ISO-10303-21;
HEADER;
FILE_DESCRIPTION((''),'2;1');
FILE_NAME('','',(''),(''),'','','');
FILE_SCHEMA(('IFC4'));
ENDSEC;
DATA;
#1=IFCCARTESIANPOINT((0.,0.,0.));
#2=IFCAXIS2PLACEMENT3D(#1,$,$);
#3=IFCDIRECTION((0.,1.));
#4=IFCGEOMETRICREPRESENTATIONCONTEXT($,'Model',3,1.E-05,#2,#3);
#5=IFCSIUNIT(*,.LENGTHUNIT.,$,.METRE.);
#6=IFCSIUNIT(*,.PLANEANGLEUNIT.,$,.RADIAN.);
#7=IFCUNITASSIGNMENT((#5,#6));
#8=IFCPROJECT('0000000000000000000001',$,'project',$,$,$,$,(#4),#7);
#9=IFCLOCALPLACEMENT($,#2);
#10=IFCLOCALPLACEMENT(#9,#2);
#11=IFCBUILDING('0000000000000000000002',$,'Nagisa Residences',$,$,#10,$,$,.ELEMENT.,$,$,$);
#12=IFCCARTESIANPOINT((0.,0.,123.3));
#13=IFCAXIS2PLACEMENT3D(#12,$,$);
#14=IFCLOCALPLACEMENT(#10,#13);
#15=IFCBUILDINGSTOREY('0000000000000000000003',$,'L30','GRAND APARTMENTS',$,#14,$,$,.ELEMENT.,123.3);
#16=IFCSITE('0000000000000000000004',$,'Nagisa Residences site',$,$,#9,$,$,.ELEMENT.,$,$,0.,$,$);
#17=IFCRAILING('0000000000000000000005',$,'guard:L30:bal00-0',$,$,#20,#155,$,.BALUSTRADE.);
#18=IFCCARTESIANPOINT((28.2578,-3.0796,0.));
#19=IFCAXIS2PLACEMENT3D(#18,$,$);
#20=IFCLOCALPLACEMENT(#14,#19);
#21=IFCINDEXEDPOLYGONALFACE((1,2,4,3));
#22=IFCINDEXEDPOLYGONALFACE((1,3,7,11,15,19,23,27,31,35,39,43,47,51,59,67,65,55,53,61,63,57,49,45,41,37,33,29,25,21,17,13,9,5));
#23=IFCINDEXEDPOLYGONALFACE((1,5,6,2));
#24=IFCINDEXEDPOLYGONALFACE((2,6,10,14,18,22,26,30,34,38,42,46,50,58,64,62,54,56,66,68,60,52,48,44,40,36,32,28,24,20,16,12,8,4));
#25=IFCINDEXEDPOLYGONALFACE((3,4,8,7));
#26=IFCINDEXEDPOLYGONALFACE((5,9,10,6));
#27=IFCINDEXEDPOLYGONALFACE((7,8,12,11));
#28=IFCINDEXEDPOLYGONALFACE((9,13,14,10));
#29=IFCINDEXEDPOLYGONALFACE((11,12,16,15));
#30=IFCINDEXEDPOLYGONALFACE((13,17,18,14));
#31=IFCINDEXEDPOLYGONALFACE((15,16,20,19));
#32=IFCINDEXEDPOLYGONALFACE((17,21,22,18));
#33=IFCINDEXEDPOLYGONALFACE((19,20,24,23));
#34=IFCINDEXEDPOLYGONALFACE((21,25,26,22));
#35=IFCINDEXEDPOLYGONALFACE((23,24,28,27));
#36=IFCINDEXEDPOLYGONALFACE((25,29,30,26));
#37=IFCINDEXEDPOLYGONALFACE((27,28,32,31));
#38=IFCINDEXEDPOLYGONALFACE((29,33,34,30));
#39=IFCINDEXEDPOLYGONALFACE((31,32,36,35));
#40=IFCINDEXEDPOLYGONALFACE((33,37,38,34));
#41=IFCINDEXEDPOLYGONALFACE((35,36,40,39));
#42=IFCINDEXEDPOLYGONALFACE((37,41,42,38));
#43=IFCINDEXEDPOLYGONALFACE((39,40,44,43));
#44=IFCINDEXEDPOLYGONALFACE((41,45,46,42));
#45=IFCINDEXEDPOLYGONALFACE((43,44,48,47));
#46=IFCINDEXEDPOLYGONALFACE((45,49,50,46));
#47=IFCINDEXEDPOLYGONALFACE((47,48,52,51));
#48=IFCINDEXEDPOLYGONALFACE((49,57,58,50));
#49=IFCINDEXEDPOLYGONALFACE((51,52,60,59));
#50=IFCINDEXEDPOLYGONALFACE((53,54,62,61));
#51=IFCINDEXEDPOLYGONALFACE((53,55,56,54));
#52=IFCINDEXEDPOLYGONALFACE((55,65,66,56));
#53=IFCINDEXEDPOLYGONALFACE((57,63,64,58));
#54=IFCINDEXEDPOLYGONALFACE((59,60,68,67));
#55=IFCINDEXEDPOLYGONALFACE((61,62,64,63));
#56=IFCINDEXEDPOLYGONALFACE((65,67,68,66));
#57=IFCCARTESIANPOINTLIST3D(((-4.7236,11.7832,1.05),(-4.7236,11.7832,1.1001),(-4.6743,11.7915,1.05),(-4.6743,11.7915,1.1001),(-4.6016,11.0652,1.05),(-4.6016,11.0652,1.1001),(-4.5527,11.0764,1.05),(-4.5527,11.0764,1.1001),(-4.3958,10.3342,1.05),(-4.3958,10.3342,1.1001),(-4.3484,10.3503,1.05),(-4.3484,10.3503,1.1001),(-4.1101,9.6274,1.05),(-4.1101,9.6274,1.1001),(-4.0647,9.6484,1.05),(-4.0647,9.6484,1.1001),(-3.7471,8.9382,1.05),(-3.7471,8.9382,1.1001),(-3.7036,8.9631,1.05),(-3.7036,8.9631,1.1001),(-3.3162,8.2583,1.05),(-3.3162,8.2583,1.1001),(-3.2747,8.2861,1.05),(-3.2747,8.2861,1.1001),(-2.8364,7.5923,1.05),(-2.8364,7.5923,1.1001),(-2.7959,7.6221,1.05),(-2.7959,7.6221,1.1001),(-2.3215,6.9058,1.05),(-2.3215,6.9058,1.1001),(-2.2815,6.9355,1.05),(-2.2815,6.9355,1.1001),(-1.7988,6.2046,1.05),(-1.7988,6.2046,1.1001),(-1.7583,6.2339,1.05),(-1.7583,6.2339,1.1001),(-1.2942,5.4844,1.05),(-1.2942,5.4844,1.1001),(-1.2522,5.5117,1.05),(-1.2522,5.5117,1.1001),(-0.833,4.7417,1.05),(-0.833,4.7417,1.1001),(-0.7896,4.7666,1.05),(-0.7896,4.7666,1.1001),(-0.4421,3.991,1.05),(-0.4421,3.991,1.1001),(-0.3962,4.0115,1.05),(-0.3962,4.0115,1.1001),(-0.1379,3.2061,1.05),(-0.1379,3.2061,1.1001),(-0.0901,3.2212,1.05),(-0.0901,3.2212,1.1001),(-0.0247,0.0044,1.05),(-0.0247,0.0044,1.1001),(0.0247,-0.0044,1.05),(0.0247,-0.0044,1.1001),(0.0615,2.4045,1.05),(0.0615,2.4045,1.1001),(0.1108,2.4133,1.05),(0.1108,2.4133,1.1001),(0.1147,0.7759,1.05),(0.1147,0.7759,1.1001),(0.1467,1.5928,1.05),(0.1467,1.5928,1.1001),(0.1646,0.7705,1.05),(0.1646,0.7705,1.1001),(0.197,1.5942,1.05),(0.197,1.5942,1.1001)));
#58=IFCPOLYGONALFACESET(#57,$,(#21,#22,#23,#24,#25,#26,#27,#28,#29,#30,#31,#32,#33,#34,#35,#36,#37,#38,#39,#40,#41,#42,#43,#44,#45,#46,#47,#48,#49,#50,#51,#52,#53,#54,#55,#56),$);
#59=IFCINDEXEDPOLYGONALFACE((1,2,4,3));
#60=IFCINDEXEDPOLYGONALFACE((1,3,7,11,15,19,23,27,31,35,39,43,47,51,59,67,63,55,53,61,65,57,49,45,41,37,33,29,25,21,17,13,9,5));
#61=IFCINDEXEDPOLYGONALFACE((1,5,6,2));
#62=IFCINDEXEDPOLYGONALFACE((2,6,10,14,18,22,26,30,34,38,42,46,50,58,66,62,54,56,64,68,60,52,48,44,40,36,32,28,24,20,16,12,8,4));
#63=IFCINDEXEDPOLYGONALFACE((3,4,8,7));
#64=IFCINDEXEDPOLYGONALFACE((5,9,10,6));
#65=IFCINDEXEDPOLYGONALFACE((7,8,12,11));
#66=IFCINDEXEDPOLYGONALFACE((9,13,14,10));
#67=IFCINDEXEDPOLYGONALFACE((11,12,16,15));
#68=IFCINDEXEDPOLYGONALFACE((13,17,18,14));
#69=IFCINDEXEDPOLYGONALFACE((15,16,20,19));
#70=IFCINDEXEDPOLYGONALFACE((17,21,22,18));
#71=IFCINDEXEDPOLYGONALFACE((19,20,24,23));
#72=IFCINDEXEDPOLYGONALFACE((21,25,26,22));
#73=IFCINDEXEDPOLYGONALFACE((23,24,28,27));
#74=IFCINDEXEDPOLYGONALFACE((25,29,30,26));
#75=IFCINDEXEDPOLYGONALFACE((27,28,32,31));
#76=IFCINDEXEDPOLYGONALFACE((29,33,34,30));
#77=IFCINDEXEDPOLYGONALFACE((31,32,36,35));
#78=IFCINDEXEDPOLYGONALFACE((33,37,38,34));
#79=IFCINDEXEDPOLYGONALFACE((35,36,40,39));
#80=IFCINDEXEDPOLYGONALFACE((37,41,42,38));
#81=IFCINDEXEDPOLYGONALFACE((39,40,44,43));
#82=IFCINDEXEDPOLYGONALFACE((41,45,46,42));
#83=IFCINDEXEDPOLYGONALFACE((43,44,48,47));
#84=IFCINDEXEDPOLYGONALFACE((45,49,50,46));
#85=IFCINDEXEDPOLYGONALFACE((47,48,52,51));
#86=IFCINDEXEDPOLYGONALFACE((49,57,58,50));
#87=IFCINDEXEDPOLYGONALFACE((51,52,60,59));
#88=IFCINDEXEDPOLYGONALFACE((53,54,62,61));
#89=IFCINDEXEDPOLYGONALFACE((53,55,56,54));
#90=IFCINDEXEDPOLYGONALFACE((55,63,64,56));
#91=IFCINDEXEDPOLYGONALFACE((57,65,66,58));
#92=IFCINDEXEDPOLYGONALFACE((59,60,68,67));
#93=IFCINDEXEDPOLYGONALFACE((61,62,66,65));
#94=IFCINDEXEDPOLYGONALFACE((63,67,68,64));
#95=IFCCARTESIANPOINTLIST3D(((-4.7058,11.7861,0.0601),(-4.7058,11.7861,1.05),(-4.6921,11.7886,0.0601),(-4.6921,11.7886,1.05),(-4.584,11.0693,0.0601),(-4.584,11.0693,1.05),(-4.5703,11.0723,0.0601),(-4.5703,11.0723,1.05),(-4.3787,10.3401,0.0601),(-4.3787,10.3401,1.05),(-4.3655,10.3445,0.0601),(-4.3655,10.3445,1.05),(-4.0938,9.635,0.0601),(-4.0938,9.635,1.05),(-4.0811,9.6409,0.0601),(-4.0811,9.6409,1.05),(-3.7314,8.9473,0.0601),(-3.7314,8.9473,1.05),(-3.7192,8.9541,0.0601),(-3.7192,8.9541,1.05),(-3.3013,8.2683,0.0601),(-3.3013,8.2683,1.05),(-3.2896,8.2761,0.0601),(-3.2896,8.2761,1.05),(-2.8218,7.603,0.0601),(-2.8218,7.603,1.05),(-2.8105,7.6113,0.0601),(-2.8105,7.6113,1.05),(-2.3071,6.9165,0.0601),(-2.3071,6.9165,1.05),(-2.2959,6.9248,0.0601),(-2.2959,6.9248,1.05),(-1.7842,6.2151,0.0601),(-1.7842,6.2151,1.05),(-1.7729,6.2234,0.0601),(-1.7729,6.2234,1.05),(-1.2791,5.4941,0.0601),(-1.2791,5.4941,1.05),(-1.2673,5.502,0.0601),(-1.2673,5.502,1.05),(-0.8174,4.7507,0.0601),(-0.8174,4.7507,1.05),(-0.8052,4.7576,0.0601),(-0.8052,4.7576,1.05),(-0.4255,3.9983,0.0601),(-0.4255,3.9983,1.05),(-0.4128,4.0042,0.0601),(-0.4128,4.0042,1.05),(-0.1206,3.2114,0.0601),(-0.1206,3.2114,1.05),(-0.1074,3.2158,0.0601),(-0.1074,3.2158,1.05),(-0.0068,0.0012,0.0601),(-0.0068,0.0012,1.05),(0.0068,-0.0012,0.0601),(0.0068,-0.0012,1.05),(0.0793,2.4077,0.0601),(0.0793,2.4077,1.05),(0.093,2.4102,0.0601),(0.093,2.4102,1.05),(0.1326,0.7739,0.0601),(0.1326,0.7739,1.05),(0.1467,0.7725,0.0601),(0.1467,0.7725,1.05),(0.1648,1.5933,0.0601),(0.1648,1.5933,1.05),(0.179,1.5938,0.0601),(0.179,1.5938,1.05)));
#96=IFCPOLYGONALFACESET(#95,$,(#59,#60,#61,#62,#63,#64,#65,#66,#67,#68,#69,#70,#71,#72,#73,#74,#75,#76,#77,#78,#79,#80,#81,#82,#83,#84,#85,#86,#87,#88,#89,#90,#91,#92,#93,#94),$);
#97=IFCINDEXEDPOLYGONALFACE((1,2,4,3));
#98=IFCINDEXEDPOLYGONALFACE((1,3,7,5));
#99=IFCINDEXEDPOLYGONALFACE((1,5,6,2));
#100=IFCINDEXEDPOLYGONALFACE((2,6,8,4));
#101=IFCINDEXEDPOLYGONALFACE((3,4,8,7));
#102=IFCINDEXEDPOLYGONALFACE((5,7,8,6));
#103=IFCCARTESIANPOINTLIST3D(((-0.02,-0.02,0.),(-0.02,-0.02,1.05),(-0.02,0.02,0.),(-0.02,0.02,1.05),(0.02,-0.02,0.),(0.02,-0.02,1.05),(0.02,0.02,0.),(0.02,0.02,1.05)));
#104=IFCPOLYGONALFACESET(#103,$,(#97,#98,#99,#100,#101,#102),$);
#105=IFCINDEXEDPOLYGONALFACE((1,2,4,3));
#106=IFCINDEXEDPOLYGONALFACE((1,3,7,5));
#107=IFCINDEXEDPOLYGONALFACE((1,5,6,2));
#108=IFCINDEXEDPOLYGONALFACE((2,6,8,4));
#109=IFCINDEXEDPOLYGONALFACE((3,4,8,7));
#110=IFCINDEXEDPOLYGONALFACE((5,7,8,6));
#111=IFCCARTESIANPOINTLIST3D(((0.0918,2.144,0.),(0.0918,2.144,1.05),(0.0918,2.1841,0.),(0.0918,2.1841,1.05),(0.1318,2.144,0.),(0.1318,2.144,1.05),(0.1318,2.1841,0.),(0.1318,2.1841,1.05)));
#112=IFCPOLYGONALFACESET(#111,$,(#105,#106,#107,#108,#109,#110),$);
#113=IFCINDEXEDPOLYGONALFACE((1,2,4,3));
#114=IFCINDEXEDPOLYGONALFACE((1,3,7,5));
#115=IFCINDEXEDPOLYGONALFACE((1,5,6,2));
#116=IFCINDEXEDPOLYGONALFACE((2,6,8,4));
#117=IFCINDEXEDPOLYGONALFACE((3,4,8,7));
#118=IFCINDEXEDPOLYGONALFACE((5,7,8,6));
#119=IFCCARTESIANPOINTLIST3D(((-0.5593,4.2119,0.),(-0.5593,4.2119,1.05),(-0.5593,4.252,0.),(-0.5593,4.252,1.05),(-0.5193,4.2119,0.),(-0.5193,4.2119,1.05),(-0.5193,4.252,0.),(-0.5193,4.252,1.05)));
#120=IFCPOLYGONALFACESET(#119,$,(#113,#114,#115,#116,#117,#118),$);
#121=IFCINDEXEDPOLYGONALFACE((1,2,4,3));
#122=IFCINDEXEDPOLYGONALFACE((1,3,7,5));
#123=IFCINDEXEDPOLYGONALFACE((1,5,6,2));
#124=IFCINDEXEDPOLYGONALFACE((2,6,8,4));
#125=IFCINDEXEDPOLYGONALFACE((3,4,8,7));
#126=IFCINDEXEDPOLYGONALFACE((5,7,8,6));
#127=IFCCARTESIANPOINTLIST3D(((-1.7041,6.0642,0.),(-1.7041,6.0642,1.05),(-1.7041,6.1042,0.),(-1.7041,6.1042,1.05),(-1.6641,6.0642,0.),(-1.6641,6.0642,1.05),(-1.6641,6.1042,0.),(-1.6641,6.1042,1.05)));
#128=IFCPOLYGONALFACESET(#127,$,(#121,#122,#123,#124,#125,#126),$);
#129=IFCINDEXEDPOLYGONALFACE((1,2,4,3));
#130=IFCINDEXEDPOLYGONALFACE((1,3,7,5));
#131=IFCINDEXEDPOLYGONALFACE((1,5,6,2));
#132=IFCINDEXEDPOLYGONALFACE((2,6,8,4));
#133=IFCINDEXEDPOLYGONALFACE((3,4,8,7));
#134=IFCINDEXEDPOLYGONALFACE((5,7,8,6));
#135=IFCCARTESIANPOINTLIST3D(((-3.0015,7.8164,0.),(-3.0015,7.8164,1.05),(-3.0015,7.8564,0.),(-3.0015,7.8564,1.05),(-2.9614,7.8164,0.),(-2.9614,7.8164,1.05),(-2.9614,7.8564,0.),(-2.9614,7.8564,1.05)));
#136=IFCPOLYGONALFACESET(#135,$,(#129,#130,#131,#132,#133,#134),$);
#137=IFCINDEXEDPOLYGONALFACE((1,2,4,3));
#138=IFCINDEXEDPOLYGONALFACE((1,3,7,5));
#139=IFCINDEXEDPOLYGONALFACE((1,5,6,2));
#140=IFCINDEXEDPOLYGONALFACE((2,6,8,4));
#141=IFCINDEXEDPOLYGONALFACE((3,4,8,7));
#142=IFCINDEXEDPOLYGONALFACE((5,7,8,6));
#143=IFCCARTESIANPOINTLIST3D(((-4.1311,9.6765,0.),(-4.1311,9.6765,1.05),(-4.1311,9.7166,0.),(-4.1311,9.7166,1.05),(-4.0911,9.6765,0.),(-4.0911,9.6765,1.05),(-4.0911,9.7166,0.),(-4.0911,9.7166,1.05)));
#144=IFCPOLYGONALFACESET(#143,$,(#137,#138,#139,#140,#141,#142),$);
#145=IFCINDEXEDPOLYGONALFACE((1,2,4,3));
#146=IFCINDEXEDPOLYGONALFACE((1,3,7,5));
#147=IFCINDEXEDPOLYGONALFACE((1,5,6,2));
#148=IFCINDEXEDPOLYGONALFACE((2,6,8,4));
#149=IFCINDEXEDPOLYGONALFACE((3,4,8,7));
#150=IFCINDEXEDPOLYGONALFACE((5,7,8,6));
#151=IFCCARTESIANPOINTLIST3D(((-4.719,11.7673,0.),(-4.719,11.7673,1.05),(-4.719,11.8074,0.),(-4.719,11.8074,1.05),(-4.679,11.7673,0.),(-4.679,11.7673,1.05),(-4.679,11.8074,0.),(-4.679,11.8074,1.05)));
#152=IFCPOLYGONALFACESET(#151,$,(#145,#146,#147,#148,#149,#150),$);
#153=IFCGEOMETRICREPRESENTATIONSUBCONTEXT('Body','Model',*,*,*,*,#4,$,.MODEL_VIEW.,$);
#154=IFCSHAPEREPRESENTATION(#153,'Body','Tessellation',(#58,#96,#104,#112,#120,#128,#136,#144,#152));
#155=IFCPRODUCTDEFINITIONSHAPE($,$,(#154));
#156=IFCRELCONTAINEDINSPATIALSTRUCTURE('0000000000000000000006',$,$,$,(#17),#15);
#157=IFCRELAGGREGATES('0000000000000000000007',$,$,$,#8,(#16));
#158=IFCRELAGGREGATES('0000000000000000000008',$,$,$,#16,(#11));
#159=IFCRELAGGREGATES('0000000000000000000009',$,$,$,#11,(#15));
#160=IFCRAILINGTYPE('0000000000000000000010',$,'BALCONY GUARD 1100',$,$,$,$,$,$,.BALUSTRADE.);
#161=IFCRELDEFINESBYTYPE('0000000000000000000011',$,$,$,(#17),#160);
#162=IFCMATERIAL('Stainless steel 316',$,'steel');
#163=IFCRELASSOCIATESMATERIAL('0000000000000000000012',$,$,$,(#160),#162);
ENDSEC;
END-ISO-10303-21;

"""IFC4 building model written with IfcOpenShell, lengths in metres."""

from ifc_helpers import new_model, si_unit, direction, frame, origin, origin_2d, place, context, subcontext, project, spatial, polyline, rectangle, outline, extrude, material, type_object, element, save


model = new_model("IFC4")

# Units and contexts
model_context = context("Model", 3, precision=1e-05, world=origin(), true_north=direction((0.0, 1.0)))
body_context = subcontext(model_context, "Body", "Model", "MODEL_VIEW")
ifc_project = project(units=[si_unit("LENGTHUNIT", "METRE"), si_unit("PLANEANGLEUNIT", "RADIAN")], contexts=[model_context])

# Site, building, storey
site_placement = place(None, origin())
site = spatial("IfcSite", under=ifc_project, at=site_placement, Name="Nagisa Residences site", CompositionType="ELEMENT", RefElevation=0.0)
building_placement = place(site_placement, origin())
building = spatial("IfcBuilding", under=site, at=building_placement, Name="Nagisa Residences", CompositionType="ELEMENT")
storey_placement = place(building_placement, frame((0.0, 0.0, 123.3)))
storey = spatial("IfcBuildingStorey", under=building, at=storey_placement, Name="L30", Description="GRAND APARTMENTS", CompositionType="ELEMENT", Elevation=123.3)

# Railing
ifc_material_1 = material(Name="Stainless steel 316", Category="steel")
railing_type = type_object("IfcRailingType", Name="BALCONY GUARD 1100", PredefinedType="BALUSTRADE", material=ifc_material_1)
railing_placement = place(storey_placement, frame((28.2578, -3.0796, 0.0)))
element("IfcRailing", 1, at=railing_placement, inside=storey, type_object=railing_type, Name="guard:L30:bal00-0", PredefinedType="BALUSTRADE", context=body_context, shape_type="SweptSolid", body=[
    extrude(outline(polyline([(0.1147, 0.7759), (-0.0247, 0.0044), (0.0247, -0.0044), (0.1646, 0.7705), (0.197, 1.5942), (0.1108, 2.4133), (-0.0901, 3.2212), (-0.3962, 4.0115), (-0.7896, 4.7666), (-1.2522, 5.5117), (-1.7583, 6.2339), (-2.2815, 6.9355), (-2.7959, 7.6221), (-3.2747, 8.2861), (-3.7036, 8.9631), (-4.0647, 9.6484), (-4.3484, 10.3503), (-4.5527, 11.0764), (-4.6743, 11.7915), (-4.7236, 11.7832), (-4.6016, 11.0652), (-4.3958, 10.3342), (-4.1101, 9.6274), (-3.7471, 8.9382), (-3.3162, 8.2583), (-2.8364, 7.5923), (-2.3215, 6.9058), (-1.7988, 6.2046), (-1.2942, 5.4844), (-0.833, 4.7417), (-0.4421, 3.991), (-0.1379, 3.2061), (0.0615, 2.4045), (0.1467, 1.5928), (0.1147, 0.7759)])), frame((0.0, 0.0, 1.05)), (0.0, 0.0, 1.0), 0.05),
    extrude(outline(polyline([(0.1326, 0.7739), (-0.0068, 0.0012), (0.0068, -0.0012), (0.1467, 0.7725), (0.179, 1.5938), (0.093, 2.4102), (-0.1074, 3.2158), (-0.4128, 4.0042), (-0.8052, 4.7576), (-1.2673, 5.502), (-1.7729, 6.2234), (-2.2959, 6.9248), (-2.8105, 7.6113), (-3.2896, 8.2761), (-3.7192, 8.9541), (-4.0811, 9.6409), (-4.3655, 10.3445), (-4.5703, 11.0723), (-4.6921, 11.7886), (-4.7058, 11.7861), (-4.584, 11.0693), (-4.3787, 10.3401), (-4.0938, 9.635), (-3.7314, 8.9473), (-3.3013, 8.2683), (-2.8218, 7.603), (-2.3071, 6.9165), (-1.7842, 6.2151), (-1.2791, 5.4941), (-0.8174, 4.7507), (-0.4255, 3.9983), (-0.1206, 3.2114), (0.0793, 2.4077), (0.1648, 1.5933), (0.1326, 0.7739)])), frame((0.0, 0.0, 0.0601)), (0.0, 0.0, 1.0), 0.99),
    extrude(rectangle(XDim=0.04, YDim=0.04, at=origin_2d()), origin(), (0.0, 0.0, 1.0), 1.05),
    extrude(rectangle(XDim=0.04, YDim=0.04, at=origin_2d()), frame((0.1118, 2.1641, 0.0)), (0.0, 0.0, 1.0), 1.05),
    extrude(rectangle(XDim=0.04, YDim=0.04, at=origin_2d()), frame((-0.5393, 4.2319, 0.0)), (0.0, 0.0, 1.0), 1.05),
    extrude(rectangle(XDim=0.04, YDim=0.04, at=origin_2d()), frame((-1.6841, 6.0842, 0.0)), (0.0, 0.0, 1.0), 1.05),
    extrude(rectangle(XDim=0.04, YDim=0.04, at=origin_2d()), frame((-2.9814, 7.8364, 0.0)), (0.0, 0.0, 1.0), 1.05),
    extrude(rectangle(XDim=0.04, YDim=0.04, at=origin_2d()), frame((-4.1111, 9.6965, 0.0)), (0.0, 0.0, 1.0), 1.05),
    extrude(rectangle(XDim=0.04, YDim=0.04, at=origin_2d()), frame((-4.699, 11.7874, 0.0)), (0.0, 0.0, 1.0), 1.05),
])

save(model, "model.ifc")
